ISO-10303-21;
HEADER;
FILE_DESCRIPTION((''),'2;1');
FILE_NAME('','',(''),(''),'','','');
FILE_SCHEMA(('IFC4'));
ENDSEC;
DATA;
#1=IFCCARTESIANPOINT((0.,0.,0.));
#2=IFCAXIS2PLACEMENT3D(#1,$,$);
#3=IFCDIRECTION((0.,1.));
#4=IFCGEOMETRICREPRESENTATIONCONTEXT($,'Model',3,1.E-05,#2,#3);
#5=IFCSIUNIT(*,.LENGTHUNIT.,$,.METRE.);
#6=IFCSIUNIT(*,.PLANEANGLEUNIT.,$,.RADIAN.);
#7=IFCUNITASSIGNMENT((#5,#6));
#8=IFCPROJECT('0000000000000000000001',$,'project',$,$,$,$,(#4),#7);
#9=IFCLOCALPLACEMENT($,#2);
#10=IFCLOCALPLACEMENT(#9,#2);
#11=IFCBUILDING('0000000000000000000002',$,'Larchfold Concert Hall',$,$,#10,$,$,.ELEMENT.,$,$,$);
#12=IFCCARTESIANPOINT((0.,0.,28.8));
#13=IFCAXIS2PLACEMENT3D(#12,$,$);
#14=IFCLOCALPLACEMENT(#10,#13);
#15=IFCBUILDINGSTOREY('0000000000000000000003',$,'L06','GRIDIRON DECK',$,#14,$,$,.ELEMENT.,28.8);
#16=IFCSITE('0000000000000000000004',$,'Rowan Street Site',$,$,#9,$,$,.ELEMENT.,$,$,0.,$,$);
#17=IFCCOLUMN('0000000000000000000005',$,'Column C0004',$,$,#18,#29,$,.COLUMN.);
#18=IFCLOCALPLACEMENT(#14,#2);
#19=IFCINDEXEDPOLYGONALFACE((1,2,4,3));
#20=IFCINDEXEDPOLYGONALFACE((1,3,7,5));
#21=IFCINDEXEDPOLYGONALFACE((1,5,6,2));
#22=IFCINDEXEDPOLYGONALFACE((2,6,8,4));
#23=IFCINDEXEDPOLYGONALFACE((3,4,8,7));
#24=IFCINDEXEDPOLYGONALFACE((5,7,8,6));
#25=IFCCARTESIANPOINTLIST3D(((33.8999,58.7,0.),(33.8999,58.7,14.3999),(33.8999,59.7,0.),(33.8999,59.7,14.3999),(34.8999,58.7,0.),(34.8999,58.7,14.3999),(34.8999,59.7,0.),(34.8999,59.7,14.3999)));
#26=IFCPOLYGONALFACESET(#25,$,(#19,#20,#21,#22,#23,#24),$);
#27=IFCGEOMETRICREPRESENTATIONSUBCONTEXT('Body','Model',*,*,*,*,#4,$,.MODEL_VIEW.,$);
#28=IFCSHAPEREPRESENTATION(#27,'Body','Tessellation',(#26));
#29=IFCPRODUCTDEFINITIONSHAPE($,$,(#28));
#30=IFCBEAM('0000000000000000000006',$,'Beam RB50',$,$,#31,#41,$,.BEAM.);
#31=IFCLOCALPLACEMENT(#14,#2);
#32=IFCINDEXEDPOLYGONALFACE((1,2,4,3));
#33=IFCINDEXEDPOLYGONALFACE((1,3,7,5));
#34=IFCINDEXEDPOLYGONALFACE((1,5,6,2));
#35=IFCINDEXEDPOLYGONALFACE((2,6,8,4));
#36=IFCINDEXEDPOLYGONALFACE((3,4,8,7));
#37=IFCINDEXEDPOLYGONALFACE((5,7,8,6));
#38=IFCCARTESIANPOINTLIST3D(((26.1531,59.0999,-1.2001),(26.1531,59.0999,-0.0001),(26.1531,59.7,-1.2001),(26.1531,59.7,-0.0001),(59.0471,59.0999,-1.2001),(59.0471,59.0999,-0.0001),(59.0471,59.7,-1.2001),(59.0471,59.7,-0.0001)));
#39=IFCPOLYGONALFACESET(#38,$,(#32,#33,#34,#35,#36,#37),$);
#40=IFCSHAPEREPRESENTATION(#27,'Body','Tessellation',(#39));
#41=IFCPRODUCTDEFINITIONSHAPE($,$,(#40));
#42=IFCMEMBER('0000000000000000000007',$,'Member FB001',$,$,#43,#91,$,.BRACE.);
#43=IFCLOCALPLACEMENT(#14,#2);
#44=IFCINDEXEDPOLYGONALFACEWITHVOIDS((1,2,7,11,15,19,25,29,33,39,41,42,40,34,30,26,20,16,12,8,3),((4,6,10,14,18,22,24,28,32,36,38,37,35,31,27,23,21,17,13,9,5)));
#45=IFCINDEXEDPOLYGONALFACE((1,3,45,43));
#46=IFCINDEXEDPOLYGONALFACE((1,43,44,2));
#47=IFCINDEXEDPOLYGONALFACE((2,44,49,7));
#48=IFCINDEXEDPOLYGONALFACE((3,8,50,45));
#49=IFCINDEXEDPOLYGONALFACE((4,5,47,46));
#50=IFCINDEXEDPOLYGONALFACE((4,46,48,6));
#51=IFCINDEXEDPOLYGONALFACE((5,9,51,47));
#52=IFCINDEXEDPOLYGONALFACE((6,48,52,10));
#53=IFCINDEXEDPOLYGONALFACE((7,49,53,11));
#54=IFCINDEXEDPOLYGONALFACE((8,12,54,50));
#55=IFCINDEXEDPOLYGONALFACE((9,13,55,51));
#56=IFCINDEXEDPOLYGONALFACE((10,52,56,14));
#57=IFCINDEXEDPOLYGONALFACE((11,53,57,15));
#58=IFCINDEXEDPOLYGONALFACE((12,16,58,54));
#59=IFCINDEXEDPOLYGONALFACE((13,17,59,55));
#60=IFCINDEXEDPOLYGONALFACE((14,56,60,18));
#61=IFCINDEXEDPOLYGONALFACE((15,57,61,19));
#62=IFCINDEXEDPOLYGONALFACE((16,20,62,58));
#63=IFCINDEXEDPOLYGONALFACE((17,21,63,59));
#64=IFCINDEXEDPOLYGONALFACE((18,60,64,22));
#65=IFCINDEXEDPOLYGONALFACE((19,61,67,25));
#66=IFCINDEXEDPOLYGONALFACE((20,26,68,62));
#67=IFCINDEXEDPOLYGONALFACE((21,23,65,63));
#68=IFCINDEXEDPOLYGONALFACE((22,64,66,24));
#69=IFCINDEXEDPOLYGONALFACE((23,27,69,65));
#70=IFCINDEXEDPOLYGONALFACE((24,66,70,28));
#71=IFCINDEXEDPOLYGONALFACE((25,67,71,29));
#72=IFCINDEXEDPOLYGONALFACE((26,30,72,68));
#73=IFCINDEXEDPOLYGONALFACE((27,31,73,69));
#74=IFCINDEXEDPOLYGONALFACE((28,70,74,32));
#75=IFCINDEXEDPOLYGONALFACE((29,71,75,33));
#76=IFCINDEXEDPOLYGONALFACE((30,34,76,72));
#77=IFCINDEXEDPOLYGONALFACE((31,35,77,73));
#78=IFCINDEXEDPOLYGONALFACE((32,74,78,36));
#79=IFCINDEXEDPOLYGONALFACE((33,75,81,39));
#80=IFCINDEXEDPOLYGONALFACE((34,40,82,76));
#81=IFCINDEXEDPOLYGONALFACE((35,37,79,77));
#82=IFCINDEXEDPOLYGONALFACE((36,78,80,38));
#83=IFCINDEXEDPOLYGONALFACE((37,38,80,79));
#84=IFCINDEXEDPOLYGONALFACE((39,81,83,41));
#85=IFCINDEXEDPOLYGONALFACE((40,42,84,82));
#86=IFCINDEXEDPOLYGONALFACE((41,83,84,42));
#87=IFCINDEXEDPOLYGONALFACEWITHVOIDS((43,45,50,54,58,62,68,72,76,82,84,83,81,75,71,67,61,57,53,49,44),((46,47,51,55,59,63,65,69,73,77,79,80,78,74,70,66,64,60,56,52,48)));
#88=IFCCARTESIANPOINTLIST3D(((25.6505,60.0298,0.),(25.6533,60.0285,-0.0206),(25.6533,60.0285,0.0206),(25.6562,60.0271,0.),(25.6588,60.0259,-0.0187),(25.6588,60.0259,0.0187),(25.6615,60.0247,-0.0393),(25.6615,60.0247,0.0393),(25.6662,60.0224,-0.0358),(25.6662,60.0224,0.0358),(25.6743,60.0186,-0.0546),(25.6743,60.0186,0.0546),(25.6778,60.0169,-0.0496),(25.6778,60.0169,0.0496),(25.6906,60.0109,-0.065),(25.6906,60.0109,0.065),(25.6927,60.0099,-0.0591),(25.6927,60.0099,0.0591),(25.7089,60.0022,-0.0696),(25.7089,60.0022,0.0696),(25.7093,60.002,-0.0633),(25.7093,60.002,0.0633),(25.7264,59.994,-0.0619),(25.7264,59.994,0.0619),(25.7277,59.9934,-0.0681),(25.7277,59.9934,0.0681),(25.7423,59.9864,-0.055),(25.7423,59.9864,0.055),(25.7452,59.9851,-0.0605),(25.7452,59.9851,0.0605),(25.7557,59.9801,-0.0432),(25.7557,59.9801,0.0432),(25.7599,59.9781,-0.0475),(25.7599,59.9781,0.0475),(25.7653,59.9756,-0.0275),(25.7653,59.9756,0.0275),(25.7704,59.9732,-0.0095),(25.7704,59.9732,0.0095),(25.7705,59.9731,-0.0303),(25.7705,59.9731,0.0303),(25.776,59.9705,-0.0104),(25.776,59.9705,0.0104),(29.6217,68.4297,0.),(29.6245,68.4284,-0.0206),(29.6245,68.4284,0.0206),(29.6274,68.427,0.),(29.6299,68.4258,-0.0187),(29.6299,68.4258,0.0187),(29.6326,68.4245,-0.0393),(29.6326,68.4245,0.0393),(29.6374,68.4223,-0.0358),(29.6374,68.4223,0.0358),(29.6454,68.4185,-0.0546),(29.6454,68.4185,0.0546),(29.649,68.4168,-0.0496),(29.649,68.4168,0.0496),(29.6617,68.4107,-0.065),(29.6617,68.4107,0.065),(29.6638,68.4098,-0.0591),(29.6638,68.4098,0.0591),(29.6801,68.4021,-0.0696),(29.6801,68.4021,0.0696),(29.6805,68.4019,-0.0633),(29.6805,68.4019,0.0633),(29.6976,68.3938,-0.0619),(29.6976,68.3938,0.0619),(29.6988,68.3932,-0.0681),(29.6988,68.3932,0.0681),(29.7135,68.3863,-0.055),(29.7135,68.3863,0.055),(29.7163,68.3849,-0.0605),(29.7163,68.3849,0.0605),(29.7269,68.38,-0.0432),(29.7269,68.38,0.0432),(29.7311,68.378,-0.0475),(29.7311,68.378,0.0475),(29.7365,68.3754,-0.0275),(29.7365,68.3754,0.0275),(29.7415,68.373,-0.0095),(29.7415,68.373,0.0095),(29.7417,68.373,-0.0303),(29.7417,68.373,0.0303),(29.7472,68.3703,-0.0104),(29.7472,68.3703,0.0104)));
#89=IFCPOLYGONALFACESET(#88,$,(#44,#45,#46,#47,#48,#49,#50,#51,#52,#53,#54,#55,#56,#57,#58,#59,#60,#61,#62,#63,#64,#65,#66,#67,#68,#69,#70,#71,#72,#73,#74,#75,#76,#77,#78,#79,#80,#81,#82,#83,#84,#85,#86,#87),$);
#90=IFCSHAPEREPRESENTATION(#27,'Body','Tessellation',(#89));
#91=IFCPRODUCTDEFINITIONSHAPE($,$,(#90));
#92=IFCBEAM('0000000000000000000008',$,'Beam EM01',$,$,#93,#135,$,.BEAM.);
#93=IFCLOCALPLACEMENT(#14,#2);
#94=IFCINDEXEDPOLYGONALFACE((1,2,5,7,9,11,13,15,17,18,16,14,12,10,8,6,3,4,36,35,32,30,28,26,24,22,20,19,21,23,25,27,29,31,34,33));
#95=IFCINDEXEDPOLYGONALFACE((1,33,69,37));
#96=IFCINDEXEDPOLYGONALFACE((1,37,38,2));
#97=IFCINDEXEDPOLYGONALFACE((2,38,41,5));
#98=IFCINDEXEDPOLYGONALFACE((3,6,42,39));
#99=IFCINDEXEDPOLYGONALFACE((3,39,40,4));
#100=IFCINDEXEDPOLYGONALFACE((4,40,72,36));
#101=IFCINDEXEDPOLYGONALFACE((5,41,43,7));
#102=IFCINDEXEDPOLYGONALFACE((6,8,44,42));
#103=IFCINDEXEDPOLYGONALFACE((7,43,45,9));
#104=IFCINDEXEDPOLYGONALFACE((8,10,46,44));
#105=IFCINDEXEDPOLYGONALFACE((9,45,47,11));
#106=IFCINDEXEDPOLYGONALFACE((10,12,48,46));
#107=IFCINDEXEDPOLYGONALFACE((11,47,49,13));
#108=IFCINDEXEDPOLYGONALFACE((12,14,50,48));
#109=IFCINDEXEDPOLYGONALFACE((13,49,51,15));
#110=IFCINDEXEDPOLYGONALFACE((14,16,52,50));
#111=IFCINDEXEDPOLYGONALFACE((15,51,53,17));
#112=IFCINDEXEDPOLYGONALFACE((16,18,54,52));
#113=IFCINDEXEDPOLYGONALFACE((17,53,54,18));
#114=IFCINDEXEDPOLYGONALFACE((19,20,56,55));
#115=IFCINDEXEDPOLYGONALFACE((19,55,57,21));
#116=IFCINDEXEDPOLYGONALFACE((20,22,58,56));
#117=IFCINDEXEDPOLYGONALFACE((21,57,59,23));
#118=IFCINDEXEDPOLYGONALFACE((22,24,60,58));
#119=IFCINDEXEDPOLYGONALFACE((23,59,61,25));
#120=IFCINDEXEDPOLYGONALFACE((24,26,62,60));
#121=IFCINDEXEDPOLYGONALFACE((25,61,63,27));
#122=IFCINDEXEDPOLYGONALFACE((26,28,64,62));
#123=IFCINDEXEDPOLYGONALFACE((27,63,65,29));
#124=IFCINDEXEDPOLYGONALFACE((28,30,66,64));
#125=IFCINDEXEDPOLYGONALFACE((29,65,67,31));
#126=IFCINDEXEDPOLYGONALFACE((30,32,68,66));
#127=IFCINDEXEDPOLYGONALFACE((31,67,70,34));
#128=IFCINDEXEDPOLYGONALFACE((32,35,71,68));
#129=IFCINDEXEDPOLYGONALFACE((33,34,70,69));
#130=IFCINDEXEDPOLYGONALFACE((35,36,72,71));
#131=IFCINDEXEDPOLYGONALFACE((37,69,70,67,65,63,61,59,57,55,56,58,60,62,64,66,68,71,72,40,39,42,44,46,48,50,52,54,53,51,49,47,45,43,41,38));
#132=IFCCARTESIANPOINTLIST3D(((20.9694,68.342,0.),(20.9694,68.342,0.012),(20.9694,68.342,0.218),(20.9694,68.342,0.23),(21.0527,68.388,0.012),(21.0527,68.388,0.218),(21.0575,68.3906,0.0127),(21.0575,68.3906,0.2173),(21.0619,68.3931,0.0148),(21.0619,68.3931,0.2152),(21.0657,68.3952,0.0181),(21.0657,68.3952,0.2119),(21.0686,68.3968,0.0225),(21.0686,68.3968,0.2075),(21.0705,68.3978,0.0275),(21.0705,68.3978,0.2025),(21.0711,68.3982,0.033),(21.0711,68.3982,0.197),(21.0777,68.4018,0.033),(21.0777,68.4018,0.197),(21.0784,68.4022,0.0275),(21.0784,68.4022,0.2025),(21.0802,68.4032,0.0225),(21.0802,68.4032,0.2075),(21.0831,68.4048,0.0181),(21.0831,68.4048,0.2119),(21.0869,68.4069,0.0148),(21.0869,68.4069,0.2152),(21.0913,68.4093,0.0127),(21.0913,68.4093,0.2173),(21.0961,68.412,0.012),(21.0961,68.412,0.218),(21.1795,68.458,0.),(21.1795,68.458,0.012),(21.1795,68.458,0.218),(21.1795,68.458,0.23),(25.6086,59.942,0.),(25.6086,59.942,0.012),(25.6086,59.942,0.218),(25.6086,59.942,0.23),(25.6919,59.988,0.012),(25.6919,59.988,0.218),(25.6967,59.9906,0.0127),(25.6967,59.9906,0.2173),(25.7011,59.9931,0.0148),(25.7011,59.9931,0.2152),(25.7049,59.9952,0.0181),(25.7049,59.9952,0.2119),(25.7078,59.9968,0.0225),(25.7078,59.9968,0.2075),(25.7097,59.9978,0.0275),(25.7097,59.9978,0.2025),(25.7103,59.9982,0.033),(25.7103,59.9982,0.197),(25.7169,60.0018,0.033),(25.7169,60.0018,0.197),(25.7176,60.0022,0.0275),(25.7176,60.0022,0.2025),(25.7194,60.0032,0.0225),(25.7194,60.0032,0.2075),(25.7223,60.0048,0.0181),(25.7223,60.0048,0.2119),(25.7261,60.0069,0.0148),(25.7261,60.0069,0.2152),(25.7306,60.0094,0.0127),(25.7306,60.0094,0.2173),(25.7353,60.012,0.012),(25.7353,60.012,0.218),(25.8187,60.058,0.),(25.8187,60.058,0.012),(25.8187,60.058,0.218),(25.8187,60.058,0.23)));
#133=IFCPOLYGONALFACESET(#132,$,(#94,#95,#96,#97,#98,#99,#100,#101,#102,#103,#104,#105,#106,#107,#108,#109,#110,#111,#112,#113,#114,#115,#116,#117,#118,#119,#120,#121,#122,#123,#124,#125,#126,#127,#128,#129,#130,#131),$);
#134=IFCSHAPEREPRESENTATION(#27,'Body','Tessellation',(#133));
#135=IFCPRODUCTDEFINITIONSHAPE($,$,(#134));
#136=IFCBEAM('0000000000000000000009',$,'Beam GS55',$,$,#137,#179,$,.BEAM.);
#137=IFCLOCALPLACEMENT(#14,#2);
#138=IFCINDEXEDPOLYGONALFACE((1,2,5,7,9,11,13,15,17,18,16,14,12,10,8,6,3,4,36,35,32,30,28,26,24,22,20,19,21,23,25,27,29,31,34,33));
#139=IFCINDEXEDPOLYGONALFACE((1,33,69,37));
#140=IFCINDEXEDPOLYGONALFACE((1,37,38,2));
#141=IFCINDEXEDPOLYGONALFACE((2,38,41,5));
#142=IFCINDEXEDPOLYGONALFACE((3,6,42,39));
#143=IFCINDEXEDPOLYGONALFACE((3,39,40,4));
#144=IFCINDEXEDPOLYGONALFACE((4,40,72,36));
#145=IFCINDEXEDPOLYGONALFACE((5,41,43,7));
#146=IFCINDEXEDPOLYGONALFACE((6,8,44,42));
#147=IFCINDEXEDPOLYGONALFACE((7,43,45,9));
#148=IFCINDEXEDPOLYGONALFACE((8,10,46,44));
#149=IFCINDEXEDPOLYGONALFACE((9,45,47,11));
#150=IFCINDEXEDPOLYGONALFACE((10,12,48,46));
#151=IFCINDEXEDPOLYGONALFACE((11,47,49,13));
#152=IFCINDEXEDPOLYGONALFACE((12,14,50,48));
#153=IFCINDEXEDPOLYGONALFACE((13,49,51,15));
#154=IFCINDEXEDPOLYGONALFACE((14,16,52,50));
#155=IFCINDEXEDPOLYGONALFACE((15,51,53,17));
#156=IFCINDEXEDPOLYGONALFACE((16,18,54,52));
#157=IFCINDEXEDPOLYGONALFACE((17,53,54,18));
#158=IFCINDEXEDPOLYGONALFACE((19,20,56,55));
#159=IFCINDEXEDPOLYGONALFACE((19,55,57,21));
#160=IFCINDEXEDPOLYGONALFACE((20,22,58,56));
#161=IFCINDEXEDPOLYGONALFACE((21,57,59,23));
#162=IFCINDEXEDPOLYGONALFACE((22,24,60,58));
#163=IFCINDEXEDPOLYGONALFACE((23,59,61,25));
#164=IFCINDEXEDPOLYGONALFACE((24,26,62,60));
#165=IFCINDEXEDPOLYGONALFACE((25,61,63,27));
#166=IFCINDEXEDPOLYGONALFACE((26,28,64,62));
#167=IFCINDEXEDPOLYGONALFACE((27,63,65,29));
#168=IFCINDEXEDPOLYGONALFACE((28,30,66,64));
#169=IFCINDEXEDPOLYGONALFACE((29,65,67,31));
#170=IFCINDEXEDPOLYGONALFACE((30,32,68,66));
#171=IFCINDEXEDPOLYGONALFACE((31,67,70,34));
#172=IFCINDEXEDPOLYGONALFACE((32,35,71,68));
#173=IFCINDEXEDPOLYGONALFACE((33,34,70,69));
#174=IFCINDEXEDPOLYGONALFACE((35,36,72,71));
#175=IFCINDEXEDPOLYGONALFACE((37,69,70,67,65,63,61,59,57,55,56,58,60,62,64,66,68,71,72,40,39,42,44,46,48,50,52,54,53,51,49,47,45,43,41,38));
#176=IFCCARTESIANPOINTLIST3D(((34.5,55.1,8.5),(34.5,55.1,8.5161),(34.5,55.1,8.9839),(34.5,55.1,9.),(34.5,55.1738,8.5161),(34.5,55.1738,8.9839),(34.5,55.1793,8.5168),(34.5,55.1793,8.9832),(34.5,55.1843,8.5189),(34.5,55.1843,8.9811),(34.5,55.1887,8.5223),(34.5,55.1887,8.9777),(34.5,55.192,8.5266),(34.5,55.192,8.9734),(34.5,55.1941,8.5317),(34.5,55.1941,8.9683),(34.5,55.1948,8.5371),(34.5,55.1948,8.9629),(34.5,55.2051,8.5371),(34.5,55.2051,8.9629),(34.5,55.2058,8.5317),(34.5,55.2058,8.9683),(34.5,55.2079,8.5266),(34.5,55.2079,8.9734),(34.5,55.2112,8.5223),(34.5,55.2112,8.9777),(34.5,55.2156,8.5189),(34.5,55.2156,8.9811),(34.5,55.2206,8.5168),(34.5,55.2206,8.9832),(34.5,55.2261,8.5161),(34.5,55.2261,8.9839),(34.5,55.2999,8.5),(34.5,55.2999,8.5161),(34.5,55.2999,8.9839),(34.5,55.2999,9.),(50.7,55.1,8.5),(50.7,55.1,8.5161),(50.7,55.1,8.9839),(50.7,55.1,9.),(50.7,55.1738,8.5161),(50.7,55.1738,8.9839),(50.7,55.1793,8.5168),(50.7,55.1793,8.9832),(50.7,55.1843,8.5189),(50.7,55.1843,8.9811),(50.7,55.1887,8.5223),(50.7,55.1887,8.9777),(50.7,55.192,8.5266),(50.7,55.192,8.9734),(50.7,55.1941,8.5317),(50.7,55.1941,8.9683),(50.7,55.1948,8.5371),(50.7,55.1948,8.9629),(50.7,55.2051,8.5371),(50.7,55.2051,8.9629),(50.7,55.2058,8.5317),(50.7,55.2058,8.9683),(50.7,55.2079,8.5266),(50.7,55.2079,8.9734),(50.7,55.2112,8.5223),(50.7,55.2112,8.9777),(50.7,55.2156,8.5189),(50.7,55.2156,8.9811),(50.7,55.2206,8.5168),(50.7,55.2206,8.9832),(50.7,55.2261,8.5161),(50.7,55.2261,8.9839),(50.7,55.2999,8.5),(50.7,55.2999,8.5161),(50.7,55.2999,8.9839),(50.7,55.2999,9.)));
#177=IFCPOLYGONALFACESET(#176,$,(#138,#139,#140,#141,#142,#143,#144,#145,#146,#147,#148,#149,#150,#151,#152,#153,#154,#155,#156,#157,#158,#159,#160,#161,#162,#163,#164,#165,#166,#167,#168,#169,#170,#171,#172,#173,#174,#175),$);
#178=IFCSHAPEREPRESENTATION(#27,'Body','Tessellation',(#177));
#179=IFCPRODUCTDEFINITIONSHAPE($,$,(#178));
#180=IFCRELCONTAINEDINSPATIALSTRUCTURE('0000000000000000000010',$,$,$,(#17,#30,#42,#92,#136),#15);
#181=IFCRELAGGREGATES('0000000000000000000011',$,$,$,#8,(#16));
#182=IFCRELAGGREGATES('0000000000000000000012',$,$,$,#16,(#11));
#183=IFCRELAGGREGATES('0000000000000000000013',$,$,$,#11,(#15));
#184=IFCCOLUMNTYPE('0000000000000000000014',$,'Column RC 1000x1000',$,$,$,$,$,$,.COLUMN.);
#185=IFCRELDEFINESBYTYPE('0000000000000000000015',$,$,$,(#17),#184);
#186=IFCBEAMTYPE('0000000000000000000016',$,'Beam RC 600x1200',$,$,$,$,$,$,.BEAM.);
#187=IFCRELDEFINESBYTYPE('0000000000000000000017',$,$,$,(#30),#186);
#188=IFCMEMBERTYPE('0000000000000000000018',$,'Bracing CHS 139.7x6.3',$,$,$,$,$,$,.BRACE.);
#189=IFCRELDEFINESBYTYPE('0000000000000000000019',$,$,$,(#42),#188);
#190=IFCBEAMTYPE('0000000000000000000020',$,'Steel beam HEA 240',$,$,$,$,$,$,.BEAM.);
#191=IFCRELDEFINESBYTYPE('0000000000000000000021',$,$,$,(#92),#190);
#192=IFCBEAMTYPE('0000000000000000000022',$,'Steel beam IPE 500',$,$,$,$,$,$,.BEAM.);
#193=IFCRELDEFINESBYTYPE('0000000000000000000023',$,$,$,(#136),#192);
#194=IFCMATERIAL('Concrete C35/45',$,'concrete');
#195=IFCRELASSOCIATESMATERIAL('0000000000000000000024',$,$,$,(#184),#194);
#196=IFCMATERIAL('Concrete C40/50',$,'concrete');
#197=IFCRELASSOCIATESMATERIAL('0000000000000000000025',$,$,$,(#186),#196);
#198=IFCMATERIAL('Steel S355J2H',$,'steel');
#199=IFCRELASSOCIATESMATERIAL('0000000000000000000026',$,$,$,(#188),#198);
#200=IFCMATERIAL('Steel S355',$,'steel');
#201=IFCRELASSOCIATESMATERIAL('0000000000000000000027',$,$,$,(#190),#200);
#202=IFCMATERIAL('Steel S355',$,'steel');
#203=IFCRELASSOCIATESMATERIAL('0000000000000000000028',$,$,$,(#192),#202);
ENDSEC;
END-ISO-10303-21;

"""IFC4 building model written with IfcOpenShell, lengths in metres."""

from ifc_helpers import new_model, si_unit, direction, frame, origin, origin_2d, place, context, subcontext, project, spatial, rectangle, hollow_circle, i_section, extrude, material, material_profile, profile_set, type_object, element, save


model = new_model("IFC4")

# Units and contexts
model_context = context("Model", 3, precision=1e-05, world=origin(), true_north=direction((0.0, 1.0)))
body_context = subcontext(model_context, "Body", "Model", "MODEL_VIEW")
ifc_project = project(units=[si_unit("LENGTHUNIT", "METRE"), si_unit("PLANEANGLEUNIT", "RADIAN")], contexts=[model_context])

# Site, building, storey
site_placement = place(None, origin())
site = spatial("IfcSite", under=ifc_project, at=site_placement, Name="Rowan Street Site", CompositionType="ELEMENT", RefElevation=0.0)
building_placement = place(site_placement, origin())
building = spatial("IfcBuilding", under=site, at=building_placement, Name="Larchfold Concert Hall", CompositionType="ELEMENT")
storey_placement = place(building_placement, frame((0.0, 0.0, 28.8)))
storey = spatial("IfcBuildingStorey", under=building, at=storey_placement, Name="L06", Description="GRIDIRON DECK", CompositionType="ELEMENT", Elevation=28.8)

# Column
ifc_material_1 = material(Name="Concrete C35/45", Category="concrete")
ifc_material_profile_1 = material_profile(ifc_material_1, rectangle(XDim=1.0, YDim=1.0, at=origin_2d()))
ifc_profile_set_1 = profile_set([ifc_material_profile_1], Name="Concrete C35/45")
column_type = type_object("IfcColumnType", Name="Column RC 1000x1000", PredefinedType="COLUMN", material=ifc_profile_set_1)
column_placement = place(storey_placement, frame((34.3999, 59.2, 0.0), z_axis=(0.0, 0.0, 1.0), x_axis=(1.0, 0.0, 0.0)))
element("IfcColumn", 1, at=column_placement, inside=storey, type_object=column_type, Name="Column C0004", PredefinedType="COLUMN", context=body_context, shape_type="SweptSolid", body=[
    extrude(rectangle(XDim=1.0, YDim=1.0, at=origin_2d()), origin(), (0.0, 0.0, 1.0), 14.3999),
])

# Beam
ifc_material_2 = material(Name="Concrete C40/50", Category="concrete")
ifc_material_profile_2 = material_profile(ifc_material_2, rectangle(XDim=0.6001, YDim=1.2, at=origin_2d()))
ifc_profile_set_2 = profile_set([ifc_material_profile_2], Name="Concrete C40/50")
beam_type_1 = type_object("IfcBeamType", Name="Beam RC 600x1200", PredefinedType="BEAM", material=ifc_profile_set_2)
beam_1_placement = place(storey_placement, frame((26.1531, 59.3999, -0.6001), z_axis=(1.0, 0.0, 0.0), x_axis=(0.0, 1.0, 0.0)))
element("IfcBeam", 2, at=beam_1_placement, inside=storey, type_object=beam_type_1, Name="Beam RB50", PredefinedType="BEAM", context=body_context, shape_type="SweptSolid", body=[
    extrude(rectangle(XDim=0.6001, YDim=1.2, at=origin_2d()), origin(), (0.0, 0.0, 1.0), 32.894),
])

# Member
ifc_material_3 = material(Name="Steel S355J2H", Category="steel")
ifc_material_profile_3 = material_profile(ifc_material_3, hollow_circle(Radius=0.0698, WallThickness=0.0063, at=origin_2d()))
ifc_profile_set_3 = profile_set([ifc_material_profile_3], Name="Steel S355J2H")
member_type_1 = type_object("IfcMemberType", Name="Bracing CHS 139.7x6.3", PredefinedType="BRACE", material=ifc_profile_set_3)
member_1_placement = place(storey_placement, frame((25.7136, 60.0, 0.0), z_axis=(0.427409, 0.904059, 0.0), x_axis=(-0.904059, 0.427409, 0.0)))
element("IfcMember", 3, at=member_1_placement, inside=storey, type_object=member_type_1, Name="Member FB001", PredefinedType="BRACE", context=body_context, shape_type="SweptSolid", body=[
    extrude(hollow_circle(Radius=0.0698, WallThickness=0.0063, at=origin_2d()), origin(), (0.0, 0.0, 1.0), 9.2913),
])

# Beams
ifc_material_4 = material(Name="Steel S355", Category="steel")
ifc_material_profile_4 = material_profile(ifc_material_4, i_section(OverallWidth=0.24, OverallDepth=0.23, WebThickness=0.0076, FlangeThickness=0.012, FilletRadius=0.021, at=origin_2d()))
ifc_profile_set_4 = profile_set([ifc_material_profile_4], Name="Steel S355")
beam_type_2 = type_object("IfcBeamType", Name="Steel beam HEA 240", PredefinedType="BEAM", material=ifc_profile_set_4)
beam_2_placement = place(storey_placement, frame((25.7136, 60.0, 0.115), z_axis=(-0.483455, 0.875369, 0.0), x_axis=(-0.875369, -0.483455, 0.0)))
element("IfcBeam", 4, at=beam_2_placement, inside=storey, type_object=beam_type_2, Name="Beam EM01", PredefinedType="BEAM", context=body_context, shape_type="SweptSolid", body=[
    extrude(i_section(OverallWidth=0.24, OverallDepth=0.23, WebThickness=0.0076, FlangeThickness=0.012, FilletRadius=0.021, at=origin_2d()), origin(), (0.0, 0.0, 1.0), 9.5959),
])
ifc_material_5 = material(Name="Steel S355", Category="steel")
ifc_material_profile_5 = material_profile(ifc_material_5, i_section(OverallWidth=0.2, OverallDepth=0.5, WebThickness=0.0103, FlangeThickness=0.0161, FilletRadius=0.021, at=origin_2d()))
ifc_profile_set_5 = profile_set([ifc_material_profile_5], Name="Steel S355")
beam_type_3 = type_object("IfcBeamType", Name="Steel beam IPE 500", PredefinedType="BEAM", material=ifc_profile_set_5)
beam_3_placement = place(storey_placement, frame((34.5, 55.2, 8.75), z_axis=(1.0, 0.0, 0.0), x_axis=(0.0, 1.0, 0.0)))
element("IfcBeam", 5, at=beam_3_placement, inside=storey, type_object=beam_type_3, Name="Beam GS55", PredefinedType="BEAM", context=body_context, shape_type="SweptSolid", body=[
    extrude(i_section(OverallWidth=0.2, OverallDepth=0.5, WebThickness=0.0103, FlangeThickness=0.0161, FilletRadius=0.021, at=origin_2d()), origin(), (0.0, 0.0, 1.0), 16.2),
])

save(model, "model.ifc")
